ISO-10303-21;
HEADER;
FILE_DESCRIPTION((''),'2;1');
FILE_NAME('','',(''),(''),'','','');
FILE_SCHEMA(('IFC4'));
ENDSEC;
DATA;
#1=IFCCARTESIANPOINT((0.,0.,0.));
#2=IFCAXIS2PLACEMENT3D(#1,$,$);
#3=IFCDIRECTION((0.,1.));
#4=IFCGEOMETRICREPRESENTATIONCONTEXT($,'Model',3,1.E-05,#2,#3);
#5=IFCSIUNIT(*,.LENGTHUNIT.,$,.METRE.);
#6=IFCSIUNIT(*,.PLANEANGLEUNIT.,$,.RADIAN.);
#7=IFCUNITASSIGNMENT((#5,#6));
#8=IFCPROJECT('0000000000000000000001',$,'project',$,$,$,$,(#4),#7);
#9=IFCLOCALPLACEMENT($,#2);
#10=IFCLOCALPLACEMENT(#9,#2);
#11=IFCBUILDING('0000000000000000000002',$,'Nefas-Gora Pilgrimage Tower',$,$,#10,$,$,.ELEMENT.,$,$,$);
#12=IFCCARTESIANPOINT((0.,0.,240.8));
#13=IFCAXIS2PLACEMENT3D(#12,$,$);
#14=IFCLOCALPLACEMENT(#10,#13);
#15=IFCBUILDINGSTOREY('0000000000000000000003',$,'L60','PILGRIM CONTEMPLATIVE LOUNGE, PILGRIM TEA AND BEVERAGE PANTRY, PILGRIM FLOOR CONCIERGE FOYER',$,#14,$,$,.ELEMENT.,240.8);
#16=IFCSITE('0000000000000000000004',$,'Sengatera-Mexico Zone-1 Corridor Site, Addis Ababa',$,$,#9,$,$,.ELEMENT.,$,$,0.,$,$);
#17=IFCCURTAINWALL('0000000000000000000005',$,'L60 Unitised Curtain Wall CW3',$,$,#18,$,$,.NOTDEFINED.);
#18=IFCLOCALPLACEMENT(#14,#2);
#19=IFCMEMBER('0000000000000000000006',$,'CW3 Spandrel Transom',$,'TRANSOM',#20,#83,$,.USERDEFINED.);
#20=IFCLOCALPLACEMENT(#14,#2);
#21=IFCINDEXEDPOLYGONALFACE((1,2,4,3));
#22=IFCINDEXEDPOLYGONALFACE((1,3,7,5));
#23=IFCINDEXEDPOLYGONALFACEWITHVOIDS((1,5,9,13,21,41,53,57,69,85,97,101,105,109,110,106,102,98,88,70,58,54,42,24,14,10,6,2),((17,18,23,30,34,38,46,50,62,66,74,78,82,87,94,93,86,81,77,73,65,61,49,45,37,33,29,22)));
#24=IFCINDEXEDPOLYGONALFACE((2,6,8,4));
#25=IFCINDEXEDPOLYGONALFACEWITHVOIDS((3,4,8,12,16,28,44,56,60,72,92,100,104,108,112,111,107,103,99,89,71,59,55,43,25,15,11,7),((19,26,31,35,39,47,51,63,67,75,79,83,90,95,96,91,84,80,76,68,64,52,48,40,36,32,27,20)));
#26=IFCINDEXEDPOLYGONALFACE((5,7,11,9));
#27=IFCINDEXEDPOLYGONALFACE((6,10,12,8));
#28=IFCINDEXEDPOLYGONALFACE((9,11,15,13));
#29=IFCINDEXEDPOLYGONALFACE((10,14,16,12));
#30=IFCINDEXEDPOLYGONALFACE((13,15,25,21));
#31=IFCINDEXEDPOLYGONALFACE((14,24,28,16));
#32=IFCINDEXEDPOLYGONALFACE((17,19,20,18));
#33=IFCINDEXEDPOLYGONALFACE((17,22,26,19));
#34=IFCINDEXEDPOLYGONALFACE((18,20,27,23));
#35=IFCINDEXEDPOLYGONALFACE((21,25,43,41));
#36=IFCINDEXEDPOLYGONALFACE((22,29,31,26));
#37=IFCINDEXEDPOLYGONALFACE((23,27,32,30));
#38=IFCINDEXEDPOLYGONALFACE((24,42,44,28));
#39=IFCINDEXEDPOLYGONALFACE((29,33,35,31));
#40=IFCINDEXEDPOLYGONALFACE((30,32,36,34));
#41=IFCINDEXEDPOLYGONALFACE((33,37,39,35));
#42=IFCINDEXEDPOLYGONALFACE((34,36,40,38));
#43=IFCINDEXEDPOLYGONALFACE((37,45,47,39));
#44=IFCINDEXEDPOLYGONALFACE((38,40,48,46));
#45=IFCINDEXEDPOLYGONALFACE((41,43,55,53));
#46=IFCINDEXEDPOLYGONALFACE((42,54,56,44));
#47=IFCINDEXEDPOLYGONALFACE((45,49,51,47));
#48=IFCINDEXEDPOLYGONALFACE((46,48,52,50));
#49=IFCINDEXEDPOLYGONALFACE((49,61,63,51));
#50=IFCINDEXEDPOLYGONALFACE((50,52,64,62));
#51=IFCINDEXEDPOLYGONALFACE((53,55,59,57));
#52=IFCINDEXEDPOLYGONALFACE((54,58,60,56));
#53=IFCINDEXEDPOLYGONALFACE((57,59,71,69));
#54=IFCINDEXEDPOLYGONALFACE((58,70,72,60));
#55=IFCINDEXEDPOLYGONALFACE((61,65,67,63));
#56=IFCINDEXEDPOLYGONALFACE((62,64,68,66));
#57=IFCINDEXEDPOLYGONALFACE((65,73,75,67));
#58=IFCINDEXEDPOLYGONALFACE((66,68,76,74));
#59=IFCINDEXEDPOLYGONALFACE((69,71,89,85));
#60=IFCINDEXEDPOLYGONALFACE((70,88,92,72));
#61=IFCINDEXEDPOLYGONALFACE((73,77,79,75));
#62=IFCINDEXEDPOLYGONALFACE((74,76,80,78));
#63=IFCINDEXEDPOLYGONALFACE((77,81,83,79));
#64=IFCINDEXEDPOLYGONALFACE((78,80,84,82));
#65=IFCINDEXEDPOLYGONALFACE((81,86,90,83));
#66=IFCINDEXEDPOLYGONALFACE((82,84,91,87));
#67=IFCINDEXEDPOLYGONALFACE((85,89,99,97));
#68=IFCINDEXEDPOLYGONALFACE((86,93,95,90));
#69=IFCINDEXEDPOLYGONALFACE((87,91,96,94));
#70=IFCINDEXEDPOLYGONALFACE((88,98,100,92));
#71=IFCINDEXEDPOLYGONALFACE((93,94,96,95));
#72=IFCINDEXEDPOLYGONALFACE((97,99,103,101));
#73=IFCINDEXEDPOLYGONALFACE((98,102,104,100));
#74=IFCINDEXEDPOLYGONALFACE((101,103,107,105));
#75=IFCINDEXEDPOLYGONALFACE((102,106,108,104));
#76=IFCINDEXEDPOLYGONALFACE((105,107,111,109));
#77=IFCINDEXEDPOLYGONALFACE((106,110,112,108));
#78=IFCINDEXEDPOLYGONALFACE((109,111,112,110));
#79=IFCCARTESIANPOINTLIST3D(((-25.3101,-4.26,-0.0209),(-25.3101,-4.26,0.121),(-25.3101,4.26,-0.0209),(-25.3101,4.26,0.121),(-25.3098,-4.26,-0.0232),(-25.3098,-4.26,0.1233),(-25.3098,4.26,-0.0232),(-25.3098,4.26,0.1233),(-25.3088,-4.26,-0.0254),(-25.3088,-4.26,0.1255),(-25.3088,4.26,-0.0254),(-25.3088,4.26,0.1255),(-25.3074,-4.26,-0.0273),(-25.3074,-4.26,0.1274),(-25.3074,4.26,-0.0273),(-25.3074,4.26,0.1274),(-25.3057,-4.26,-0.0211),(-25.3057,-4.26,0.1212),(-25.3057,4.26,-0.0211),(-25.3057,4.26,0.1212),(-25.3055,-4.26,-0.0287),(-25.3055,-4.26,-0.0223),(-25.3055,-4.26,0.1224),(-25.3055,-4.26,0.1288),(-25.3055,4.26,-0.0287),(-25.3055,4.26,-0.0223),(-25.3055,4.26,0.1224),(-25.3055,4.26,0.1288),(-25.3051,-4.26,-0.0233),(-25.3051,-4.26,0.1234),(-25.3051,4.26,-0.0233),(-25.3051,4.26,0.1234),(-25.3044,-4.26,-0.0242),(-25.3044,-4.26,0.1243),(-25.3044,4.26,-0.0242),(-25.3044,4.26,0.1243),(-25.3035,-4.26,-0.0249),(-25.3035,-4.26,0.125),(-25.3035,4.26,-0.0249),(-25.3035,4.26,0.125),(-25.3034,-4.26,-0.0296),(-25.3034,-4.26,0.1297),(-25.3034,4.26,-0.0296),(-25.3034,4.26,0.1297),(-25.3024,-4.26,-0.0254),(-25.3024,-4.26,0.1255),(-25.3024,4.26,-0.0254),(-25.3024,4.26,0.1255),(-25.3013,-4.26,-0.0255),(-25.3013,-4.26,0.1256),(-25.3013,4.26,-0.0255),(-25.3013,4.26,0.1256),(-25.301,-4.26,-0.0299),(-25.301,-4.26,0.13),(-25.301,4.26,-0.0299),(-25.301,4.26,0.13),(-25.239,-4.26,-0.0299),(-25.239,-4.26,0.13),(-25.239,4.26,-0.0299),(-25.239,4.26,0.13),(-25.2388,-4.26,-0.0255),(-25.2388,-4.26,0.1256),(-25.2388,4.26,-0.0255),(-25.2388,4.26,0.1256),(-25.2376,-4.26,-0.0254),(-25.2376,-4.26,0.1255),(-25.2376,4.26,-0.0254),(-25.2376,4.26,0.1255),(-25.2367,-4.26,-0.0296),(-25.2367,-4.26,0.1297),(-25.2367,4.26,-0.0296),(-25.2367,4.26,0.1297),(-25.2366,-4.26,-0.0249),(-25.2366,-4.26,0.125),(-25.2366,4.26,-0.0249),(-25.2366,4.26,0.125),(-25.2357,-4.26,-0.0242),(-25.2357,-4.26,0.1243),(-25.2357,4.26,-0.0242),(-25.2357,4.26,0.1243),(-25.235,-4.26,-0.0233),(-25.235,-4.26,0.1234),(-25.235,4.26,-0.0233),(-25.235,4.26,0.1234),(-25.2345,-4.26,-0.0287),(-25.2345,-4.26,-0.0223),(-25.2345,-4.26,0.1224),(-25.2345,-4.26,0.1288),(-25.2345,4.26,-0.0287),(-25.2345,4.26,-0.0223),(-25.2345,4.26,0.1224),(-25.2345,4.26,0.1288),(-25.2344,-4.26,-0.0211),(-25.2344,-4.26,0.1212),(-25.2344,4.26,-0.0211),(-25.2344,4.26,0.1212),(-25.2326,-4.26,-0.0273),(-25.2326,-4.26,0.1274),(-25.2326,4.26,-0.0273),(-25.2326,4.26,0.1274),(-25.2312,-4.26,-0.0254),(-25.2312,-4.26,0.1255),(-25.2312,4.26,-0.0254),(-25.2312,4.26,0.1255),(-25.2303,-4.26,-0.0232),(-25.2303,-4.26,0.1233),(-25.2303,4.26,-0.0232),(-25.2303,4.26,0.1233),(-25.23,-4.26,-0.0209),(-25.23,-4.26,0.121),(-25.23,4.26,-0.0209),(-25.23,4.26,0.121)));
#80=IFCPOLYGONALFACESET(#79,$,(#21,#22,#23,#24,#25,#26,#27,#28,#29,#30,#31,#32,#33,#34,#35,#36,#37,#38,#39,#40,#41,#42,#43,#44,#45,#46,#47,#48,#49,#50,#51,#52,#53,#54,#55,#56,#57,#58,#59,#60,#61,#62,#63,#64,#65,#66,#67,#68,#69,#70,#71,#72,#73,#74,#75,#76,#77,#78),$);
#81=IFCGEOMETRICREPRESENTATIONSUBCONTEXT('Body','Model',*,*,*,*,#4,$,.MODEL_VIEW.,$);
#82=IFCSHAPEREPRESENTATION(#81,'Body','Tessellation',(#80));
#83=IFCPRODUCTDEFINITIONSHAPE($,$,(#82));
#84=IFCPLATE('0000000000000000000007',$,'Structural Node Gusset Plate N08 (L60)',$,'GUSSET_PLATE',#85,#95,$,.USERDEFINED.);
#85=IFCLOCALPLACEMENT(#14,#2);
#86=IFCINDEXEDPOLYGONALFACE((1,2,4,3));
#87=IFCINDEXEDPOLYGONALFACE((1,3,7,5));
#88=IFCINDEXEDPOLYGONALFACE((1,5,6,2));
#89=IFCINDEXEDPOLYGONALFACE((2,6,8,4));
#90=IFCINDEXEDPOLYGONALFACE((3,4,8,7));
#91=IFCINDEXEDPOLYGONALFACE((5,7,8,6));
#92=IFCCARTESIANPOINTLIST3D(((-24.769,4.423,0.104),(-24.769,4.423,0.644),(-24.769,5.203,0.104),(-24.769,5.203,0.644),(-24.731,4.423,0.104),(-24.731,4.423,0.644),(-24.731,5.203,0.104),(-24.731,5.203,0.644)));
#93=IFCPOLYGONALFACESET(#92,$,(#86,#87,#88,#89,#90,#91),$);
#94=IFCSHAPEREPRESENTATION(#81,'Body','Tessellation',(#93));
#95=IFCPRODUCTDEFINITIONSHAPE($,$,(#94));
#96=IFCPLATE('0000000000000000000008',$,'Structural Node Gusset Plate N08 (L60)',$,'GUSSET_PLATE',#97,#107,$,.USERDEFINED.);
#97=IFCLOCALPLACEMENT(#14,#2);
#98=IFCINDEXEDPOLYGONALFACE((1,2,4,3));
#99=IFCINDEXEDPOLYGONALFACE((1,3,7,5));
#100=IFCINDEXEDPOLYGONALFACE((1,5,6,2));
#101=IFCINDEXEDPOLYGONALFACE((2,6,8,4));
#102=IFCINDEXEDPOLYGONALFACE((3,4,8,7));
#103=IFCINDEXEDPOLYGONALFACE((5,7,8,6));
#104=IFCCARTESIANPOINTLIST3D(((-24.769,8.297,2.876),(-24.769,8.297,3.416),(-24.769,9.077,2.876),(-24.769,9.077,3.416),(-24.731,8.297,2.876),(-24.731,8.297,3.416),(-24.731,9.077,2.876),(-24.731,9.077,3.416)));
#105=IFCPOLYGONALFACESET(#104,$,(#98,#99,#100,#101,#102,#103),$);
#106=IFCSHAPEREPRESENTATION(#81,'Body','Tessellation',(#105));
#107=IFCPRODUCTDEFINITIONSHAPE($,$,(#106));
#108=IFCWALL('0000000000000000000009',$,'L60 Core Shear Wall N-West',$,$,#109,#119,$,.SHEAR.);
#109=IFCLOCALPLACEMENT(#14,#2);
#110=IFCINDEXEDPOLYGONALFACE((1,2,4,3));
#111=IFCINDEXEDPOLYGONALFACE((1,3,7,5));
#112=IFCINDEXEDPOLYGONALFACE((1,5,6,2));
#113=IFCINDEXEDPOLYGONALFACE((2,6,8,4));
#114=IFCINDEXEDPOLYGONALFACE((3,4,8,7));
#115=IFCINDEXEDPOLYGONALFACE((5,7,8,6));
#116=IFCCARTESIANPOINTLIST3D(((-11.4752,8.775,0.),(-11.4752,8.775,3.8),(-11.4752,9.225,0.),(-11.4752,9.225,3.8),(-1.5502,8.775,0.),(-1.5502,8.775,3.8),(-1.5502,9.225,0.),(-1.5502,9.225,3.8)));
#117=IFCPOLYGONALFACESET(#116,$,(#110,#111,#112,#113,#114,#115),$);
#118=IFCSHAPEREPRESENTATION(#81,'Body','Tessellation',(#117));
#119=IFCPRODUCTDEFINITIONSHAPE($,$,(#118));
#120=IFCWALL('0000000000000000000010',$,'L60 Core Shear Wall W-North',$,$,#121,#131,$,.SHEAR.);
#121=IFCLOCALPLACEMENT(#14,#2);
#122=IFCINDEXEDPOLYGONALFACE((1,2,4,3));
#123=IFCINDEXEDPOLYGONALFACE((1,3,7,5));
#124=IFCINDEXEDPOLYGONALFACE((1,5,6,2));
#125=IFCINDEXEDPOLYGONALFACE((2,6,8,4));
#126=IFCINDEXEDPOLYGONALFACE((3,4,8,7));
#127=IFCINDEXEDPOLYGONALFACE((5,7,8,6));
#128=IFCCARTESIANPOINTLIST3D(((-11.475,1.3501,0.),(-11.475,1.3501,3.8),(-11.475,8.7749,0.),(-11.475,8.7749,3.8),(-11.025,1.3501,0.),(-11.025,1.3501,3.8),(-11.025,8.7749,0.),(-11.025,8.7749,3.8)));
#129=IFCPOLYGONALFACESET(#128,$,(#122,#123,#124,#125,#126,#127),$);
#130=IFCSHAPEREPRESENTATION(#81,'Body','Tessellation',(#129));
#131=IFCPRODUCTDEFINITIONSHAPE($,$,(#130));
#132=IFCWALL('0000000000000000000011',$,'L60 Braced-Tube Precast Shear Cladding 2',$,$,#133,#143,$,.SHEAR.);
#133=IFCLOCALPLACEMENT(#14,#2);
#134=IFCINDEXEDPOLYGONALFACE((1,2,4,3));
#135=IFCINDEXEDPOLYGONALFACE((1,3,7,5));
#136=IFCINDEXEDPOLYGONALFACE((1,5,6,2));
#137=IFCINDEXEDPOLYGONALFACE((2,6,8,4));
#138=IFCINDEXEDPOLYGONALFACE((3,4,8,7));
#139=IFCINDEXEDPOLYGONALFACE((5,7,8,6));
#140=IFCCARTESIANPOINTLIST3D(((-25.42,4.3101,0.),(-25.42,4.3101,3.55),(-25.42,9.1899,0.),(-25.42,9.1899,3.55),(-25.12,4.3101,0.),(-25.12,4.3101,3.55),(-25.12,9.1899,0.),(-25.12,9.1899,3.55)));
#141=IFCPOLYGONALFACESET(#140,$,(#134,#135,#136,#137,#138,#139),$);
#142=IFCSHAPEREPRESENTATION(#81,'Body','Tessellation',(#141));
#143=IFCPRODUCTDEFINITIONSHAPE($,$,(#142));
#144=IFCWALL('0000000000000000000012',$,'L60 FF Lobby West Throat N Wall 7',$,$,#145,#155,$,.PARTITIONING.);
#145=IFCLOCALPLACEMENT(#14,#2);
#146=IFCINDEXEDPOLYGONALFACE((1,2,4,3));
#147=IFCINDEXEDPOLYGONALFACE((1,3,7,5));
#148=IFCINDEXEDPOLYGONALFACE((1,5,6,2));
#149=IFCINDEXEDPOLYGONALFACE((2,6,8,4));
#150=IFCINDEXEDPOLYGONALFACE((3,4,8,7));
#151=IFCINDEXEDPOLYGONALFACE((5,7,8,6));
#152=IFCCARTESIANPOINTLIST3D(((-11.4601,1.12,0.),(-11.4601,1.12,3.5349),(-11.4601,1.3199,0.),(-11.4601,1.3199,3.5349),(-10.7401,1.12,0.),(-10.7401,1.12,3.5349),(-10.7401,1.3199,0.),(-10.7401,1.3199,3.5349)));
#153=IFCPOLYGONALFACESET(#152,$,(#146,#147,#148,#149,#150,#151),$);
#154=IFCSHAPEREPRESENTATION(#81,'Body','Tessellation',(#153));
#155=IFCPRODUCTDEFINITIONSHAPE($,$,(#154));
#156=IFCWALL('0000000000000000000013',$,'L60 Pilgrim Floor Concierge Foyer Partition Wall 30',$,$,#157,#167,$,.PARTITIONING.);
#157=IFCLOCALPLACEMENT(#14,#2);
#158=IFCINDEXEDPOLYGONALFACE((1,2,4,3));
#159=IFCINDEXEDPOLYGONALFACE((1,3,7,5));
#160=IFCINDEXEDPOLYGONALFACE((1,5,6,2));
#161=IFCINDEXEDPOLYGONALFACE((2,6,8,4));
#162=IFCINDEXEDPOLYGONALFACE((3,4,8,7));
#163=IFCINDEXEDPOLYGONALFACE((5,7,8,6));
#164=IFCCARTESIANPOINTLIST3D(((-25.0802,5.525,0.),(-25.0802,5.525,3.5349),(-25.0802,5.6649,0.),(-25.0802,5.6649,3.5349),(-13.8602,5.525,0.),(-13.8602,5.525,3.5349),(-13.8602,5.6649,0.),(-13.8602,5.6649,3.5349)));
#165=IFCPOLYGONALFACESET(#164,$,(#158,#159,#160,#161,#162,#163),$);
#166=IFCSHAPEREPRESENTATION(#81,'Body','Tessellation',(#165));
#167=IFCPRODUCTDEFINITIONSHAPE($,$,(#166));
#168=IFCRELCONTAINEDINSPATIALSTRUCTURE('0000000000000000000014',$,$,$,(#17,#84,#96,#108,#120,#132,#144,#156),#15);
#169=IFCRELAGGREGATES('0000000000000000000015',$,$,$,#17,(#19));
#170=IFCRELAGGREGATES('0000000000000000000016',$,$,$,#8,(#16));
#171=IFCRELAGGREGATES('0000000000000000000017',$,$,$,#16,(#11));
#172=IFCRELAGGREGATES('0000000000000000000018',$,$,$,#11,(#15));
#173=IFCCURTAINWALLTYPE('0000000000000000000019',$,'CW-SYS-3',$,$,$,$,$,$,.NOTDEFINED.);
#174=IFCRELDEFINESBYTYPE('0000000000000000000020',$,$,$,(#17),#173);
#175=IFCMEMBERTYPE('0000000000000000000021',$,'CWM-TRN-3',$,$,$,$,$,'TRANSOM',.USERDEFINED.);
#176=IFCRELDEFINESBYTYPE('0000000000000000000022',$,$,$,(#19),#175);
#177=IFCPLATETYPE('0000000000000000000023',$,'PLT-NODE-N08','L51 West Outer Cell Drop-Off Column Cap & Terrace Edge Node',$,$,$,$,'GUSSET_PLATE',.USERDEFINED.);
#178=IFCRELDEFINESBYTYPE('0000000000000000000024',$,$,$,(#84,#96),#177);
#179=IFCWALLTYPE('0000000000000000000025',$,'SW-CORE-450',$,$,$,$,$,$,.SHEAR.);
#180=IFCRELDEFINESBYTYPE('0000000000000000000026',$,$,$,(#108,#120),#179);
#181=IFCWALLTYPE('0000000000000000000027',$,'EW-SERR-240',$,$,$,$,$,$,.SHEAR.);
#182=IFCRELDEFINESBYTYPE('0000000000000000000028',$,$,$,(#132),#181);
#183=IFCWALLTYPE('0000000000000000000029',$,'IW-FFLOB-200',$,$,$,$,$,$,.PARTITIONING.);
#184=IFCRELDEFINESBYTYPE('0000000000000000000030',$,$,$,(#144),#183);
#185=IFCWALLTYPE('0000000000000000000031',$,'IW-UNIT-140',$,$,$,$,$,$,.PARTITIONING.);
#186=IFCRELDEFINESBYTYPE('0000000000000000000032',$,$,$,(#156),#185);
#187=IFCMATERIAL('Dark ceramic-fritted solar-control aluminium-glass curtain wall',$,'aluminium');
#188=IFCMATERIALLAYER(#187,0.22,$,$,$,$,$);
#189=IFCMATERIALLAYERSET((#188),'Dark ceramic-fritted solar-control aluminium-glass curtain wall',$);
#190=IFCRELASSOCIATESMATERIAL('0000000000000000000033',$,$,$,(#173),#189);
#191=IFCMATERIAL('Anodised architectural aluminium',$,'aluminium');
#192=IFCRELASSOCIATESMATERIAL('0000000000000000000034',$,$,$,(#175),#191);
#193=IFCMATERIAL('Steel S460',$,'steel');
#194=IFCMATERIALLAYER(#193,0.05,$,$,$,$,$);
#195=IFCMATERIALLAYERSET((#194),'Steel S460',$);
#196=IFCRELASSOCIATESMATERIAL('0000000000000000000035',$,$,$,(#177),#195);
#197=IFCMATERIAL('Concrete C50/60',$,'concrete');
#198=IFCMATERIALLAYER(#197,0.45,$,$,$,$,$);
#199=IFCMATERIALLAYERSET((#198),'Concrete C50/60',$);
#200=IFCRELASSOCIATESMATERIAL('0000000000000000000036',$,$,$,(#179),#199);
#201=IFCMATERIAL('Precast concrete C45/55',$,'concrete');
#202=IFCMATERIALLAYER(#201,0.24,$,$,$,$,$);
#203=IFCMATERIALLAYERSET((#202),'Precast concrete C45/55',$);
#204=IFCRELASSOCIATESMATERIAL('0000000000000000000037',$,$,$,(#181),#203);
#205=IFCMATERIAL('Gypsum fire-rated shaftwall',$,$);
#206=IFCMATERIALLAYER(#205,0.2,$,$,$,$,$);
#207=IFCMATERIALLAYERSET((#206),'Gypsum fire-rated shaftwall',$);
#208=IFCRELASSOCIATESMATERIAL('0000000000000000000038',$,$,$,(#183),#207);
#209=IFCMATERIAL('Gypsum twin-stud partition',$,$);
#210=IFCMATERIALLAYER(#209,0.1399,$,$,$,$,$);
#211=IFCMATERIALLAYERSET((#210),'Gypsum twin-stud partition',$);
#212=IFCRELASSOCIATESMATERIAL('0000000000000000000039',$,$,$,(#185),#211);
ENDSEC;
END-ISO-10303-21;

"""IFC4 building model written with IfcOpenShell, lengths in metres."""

from ifc_helpers import new_model, si_unit, direction, frame, frame_2d, origin, origin_2d, place, context, subcontext, project, spatial, rectangle, hollow_rectangle, extrude, source, transform, mapped, material, layer, layer_set, material_profile, profile_set, type_object, element, aggregate, save


model = new_model("IFC4")

# Units and contexts
model_context = context("Model", 3, precision=1e-05, world=origin(), true_north=direction((0.0, 1.0)))
body_context = subcontext(model_context, "Body", "Model", "MODEL_VIEW")
ifc_project = project(units=[si_unit("LENGTHUNIT", "METRE"), si_unit("PLANEANGLEUNIT", "RADIAN")], contexts=[model_context])

# Site, building, storey
site_placement = place(None, origin())
site = spatial("IfcSite", under=ifc_project, at=site_placement, Name="Sengatera-Mexico Zone-1 Corridor Site, Addis Ababa", CompositionType="ELEMENT", RefElevation=0.0)
building_placement = place(site_placement, origin())
building = spatial("IfcBuilding", under=site, at=building_placement, Name="Nefas-Gora Pilgrimage Tower", CompositionType="ELEMENT")
storey_placement = place(building_placement, frame((0.0, 0.0, 240.8)))
storey = spatial("IfcBuildingStorey", under=building, at=storey_placement, Name="L60", Description="PILGRIM CONTEMPLATIVE LOUNGE, PILGRIM TEA AND BEVERAGE PANTRY, PILGRIM FLOOR CONCIERGE FOYER", CompositionType="ELEMENT", Elevation=240.8)

# Shared definitions
ifc_material_1 = material(Name="Steel S460", Category="steel")

# Curtain wall, member
ifc_material_2 = material(Name="Dark ceramic-fritted solar-control aluminium-glass curtain wall", Category="aluminium")
ifc_layer_1 = layer(ifc_material_2, 0.22)
ifc_layer_set_1 = layer_set([ifc_layer_1], Name="Dark ceramic-fritted solar-control aluminium-glass curtain wall")
curtain_wall_type = type_object("IfcCurtainWallType", Name="CW-SYS-3", PredefinedType="NOTDEFINED", material=ifc_layer_set_1)
curtain_wall_placement = place(storey_placement, origin())
curtain_wall = element("IfcCurtainWall", 1, at=curtain_wall_placement, inside=storey, type_object=curtain_wall_type, Name="L60 Unitised Curtain Wall CW3", PredefinedType="NOTDEFINED")
ifc_material_3 = material(Name="Anodised architectural aluminium", Category="aluminium")
ifc_material_profile_1 = material_profile(ifc_material_3, hollow_rectangle(XDim=0.0801, YDim=0.1599, WallThickness=0.0044, InnerFilletRadius=0.0044, OuterFilletRadius=0.009, at=origin_2d()), Name="ALU TRANSOM 80x160")
ifc_profile_set_1 = profile_set([ifc_material_profile_1], Name="Anodised architectural aluminium")
member_type_1 = type_object("IfcMemberType", Name="CWM-TRN-3", ElementType="TRANSOM", PredefinedType="USERDEFINED", material=ifc_profile_set_1)
shared_shape_1 = source(origin(), body_context, "Body", "SweptSolid", [
    extrude(hollow_rectangle(XDim=0.0801, YDim=0.1599, WallThickness=0.0044, InnerFilletRadius=0.0044, OuterFilletRadius=0.009, at=origin_2d()), origin(), (0.0, 0.0, 1.0), 8.52),
])
member_1_placement = place(storey_placement, frame((-25.27, 4.26, 0.05), z_axis=(0.0, -1.0, 0.0), x_axis=(1.0, 0.0, 0.0)))
member_1 = element("IfcMember", 2, at=member_1_placement, type_object=member_type_1, Name="CW3 Spandrel Transom", ObjectType="TRANSOM", PredefinedType="USERDEFINED", context=body_context, shape_type="MappedRepresentation", body=[
    mapped(shared_shape_1, transform((0.0, 0.0, 0.0), x_axis=(1.0, 0.0, 0.0), y_axis=(0.0, 1.0, 0.0), z_axis=(0.0, 0.0, 1.0), scale=1.0)),
])
aggregate(curtain_wall, [member_1])

# Plates
ifc_layer_2 = layer(ifc_material_1, 0.05)
ifc_layer_set_2 = layer_set([ifc_layer_2], Name="Steel S460")
plate_type = type_object("IfcPlateType", Name="PLT-NODE-N08", Description="L51 West Outer Cell Drop-Off Column Cap & Terrace Edge Node", ElementType="GUSSET_PLATE", PredefinedType="USERDEFINED", material=ifc_layer_set_2)
shared_shape_2 = source(origin(), body_context, "Body", "SweptSolid", [
    extrude(rectangle(XDim=0.78, YDim=0.0381, at=origin_2d()), origin(), (0.0, 0.0, 1.0), 0.54),
])
for number, where, z_axis, x_axis, name in (
    (3, (-24.75, 4.813, 0.104), (0.0, 0.0, 1.0), (0.0, 1.0, 0.0), "Structural Node Gusset Plate N08 (L60)"),
    (4, (-24.75, 8.687, 2.876), (0.0, 0.0, 1.0), (0.0, 1.0, 0.0), "Structural Node Gusset Plate N08 (L60)"),
):
    element("IfcPlate", number, at=place(storey_placement, frame(where, z_axis=z_axis, x_axis=x_axis)), inside=storey, type_object=plate_type, Name=name, ObjectType="GUSSET_PLATE", PredefinedType="USERDEFINED", context=body_context, shape_type="MappedRepresentation", body=[
        mapped(shared_shape_2, transform((0.0, 0.0, 0.0), x_axis=(1.0, 0.0, 0.0), y_axis=(0.0, 1.0, 0.0), z_axis=(0.0, 0.0, 1.0), scale=1.0)),
    ])

# Walls
ifc_material_4 = material(Name="Concrete C50/60", Category="concrete")
ifc_layer_3 = layer(ifc_material_4, 0.45)
ifc_layer_set_3 = layer_set([ifc_layer_3], Name="Concrete C50/60")
wall_type_1 = type_object("IfcWallType", Name="SW-CORE-450", PredefinedType="SHEAR", material=ifc_layer_set_3)
shared_shape_3 = source(origin(), body_context, "Body", "SweptSolid", [
    extrude(rectangle(XDim=9.925, YDim=0.45, at=frame_2d((4.9624, 0.0))), origin(), (0.0, 0.0, 1.0), 3.8),
])
wall_1_placement = place(storey_placement, frame((-11.4751, 9.0, 0.0), z_axis=(0.0, 0.0, 1.0), x_axis=(1.0, 0.0, 0.0)))
element("IfcWall", 5, at=wall_1_placement, inside=storey, type_object=wall_type_1, Name="L60 Core Shear Wall N-West", PredefinedType="SHEAR", context=body_context, shape_type="MappedRepresentation", body=[
    mapped(shared_shape_3, transform((0.0, 0.0, 0.0), x_axis=(1.0, 0.0, 0.0), y_axis=(0.0, 1.0, 0.0), z_axis=(0.0, 0.0, 1.0), scale=1.0)),
])
shared_shape_4 = source(origin(), body_context, "Body", "SweptSolid", [
    extrude(rectangle(XDim=7.4248, YDim=0.45, at=frame_2d((3.7124, 0.0))), origin(), (0.0, 0.0, 1.0), 3.8),
])
wall_2_placement = place(storey_placement, frame((-11.25, 1.3501, 0.0), z_axis=(0.0, 0.0, 1.0), x_axis=(0.0, 1.0, 0.0)))
element("IfcWall", 6, at=wall_2_placement, inside=storey, type_object=wall_type_1, Name="L60 Core Shear Wall W-North", PredefinedType="SHEAR", context=body_context, shape_type="MappedRepresentation", body=[
    mapped(shared_shape_4, transform((0.0, 0.0, 0.0), x_axis=(1.0, 0.0, 0.0), y_axis=(0.0, 1.0, 0.0), z_axis=(0.0, 0.0, 1.0), scale=1.0)),
])
ifc_material_5 = material(Name="Precast concrete C45/55", Category="concrete")
ifc_layer_4 = layer(ifc_material_5, 0.24)
ifc_layer_set_4 = layer_set([ifc_layer_4], Name="Precast concrete C45/55")
wall_type_2 = type_object("IfcWallType", Name="EW-SERR-240", PredefinedType="SHEAR", material=ifc_layer_set_4)
shared_shape_5 = source(origin(), body_context, "Body", "SweptSolid", [
    extrude(rectangle(XDim=4.8799, YDim=0.3, at=frame_2d((2.4399, 0.0))), origin(), (0.0, 0.0, 1.0), 3.55),
])
wall_3_placement = place(storey_placement, frame((-25.27, 4.3101, 0.0), z_axis=(0.0, 0.0, 1.0), x_axis=(0.0, 1.0, 0.0)))
element("IfcWall", 7, at=wall_3_placement, inside=storey, type_object=wall_type_2, Name="L60 Braced-Tube Precast Shear Cladding 2", PredefinedType="SHEAR", context=body_context, shape_type="MappedRepresentation", body=[
    mapped(shared_shape_5, transform((0.0, 0.0, 0.0), x_axis=(1.0, 0.0, 0.0), y_axis=(0.0, 1.0, 0.0), z_axis=(0.0, 0.0, 1.0), scale=1.0)),
])
ifc_material_6 = material(Name="Gypsum fire-rated shaftwall")
ifc_layer_5 = layer(ifc_material_6, 0.2)
ifc_layer_set_5 = layer_set([ifc_layer_5], Name="Gypsum fire-rated shaftwall")
wall_type_3 = type_object("IfcWallType", Name="IW-FFLOB-200", PredefinedType="PARTITIONING", material=ifc_layer_set_5)
shared_shape_6 = source(origin(), body_context, "Body", "SweptSolid", [
    extrude(rectangle(XDim=0.72, YDim=0.2, at=frame_2d((0.3599, 0.0))), origin(), (0.0, 0.0, 1.0), 3.5349),
])
wall_4_placement = place(storey_placement, frame((-11.46, 1.22, 0.0), z_axis=(0.0, 0.0, 1.0), x_axis=(1.0, 0.0, 0.0)))
element("IfcWall", 8, at=wall_4_placement, inside=storey, type_object=wall_type_3, Name="L60 FF Lobby West Throat N Wall 7", PredefinedType="PARTITIONING", context=body_context, shape_type="MappedRepresentation", body=[
    mapped(shared_shape_6, transform((0.0, 0.0, 0.0), x_axis=(1.0, 0.0, 0.0), y_axis=(0.0, 1.0, 0.0), z_axis=(0.0, 0.0, 1.0), scale=1.0)),
])
ifc_material_7 = material(Name="Gypsum twin-stud partition")
ifc_layer_6 = layer(ifc_material_7, 0.1399)
ifc_layer_set_6 = layer_set([ifc_layer_6], Name="Gypsum twin-stud partition")
wall_type_4 = type_object("IfcWallType", Name="IW-UNIT-140", PredefinedType="PARTITIONING", material=ifc_layer_set_6)
shared_shape_7 = source(origin(), body_context, "Body", "SweptSolid", [
    extrude(rectangle(XDim=11.22, YDim=0.1399, at=frame_2d((5.6099, 0.0))), origin(), (0.0, 0.0, 1.0), 3.5349),
])
wall_5_placement = place(storey_placement, frame((-25.0801, 5.595, 0.0), z_axis=(0.0, 0.0, 1.0), x_axis=(1.0, 0.0, 0.0)))
element("IfcWall", 9, at=wall_5_placement, inside=storey, type_object=wall_type_4, Name="L60 Pilgrim Floor Concierge Foyer Partition Wall 30", PredefinedType="PARTITIONING", context=body_context, shape_type="MappedRepresentation", body=[
    mapped(shared_shape_7, transform((0.0, 0.0, 0.0), x_axis=(1.0, 0.0, 0.0), y_axis=(0.0, 1.0, 0.0), z_axis=(0.0, 0.0, 1.0), scale=1.0)),
])

save(model, "model.ifc")
